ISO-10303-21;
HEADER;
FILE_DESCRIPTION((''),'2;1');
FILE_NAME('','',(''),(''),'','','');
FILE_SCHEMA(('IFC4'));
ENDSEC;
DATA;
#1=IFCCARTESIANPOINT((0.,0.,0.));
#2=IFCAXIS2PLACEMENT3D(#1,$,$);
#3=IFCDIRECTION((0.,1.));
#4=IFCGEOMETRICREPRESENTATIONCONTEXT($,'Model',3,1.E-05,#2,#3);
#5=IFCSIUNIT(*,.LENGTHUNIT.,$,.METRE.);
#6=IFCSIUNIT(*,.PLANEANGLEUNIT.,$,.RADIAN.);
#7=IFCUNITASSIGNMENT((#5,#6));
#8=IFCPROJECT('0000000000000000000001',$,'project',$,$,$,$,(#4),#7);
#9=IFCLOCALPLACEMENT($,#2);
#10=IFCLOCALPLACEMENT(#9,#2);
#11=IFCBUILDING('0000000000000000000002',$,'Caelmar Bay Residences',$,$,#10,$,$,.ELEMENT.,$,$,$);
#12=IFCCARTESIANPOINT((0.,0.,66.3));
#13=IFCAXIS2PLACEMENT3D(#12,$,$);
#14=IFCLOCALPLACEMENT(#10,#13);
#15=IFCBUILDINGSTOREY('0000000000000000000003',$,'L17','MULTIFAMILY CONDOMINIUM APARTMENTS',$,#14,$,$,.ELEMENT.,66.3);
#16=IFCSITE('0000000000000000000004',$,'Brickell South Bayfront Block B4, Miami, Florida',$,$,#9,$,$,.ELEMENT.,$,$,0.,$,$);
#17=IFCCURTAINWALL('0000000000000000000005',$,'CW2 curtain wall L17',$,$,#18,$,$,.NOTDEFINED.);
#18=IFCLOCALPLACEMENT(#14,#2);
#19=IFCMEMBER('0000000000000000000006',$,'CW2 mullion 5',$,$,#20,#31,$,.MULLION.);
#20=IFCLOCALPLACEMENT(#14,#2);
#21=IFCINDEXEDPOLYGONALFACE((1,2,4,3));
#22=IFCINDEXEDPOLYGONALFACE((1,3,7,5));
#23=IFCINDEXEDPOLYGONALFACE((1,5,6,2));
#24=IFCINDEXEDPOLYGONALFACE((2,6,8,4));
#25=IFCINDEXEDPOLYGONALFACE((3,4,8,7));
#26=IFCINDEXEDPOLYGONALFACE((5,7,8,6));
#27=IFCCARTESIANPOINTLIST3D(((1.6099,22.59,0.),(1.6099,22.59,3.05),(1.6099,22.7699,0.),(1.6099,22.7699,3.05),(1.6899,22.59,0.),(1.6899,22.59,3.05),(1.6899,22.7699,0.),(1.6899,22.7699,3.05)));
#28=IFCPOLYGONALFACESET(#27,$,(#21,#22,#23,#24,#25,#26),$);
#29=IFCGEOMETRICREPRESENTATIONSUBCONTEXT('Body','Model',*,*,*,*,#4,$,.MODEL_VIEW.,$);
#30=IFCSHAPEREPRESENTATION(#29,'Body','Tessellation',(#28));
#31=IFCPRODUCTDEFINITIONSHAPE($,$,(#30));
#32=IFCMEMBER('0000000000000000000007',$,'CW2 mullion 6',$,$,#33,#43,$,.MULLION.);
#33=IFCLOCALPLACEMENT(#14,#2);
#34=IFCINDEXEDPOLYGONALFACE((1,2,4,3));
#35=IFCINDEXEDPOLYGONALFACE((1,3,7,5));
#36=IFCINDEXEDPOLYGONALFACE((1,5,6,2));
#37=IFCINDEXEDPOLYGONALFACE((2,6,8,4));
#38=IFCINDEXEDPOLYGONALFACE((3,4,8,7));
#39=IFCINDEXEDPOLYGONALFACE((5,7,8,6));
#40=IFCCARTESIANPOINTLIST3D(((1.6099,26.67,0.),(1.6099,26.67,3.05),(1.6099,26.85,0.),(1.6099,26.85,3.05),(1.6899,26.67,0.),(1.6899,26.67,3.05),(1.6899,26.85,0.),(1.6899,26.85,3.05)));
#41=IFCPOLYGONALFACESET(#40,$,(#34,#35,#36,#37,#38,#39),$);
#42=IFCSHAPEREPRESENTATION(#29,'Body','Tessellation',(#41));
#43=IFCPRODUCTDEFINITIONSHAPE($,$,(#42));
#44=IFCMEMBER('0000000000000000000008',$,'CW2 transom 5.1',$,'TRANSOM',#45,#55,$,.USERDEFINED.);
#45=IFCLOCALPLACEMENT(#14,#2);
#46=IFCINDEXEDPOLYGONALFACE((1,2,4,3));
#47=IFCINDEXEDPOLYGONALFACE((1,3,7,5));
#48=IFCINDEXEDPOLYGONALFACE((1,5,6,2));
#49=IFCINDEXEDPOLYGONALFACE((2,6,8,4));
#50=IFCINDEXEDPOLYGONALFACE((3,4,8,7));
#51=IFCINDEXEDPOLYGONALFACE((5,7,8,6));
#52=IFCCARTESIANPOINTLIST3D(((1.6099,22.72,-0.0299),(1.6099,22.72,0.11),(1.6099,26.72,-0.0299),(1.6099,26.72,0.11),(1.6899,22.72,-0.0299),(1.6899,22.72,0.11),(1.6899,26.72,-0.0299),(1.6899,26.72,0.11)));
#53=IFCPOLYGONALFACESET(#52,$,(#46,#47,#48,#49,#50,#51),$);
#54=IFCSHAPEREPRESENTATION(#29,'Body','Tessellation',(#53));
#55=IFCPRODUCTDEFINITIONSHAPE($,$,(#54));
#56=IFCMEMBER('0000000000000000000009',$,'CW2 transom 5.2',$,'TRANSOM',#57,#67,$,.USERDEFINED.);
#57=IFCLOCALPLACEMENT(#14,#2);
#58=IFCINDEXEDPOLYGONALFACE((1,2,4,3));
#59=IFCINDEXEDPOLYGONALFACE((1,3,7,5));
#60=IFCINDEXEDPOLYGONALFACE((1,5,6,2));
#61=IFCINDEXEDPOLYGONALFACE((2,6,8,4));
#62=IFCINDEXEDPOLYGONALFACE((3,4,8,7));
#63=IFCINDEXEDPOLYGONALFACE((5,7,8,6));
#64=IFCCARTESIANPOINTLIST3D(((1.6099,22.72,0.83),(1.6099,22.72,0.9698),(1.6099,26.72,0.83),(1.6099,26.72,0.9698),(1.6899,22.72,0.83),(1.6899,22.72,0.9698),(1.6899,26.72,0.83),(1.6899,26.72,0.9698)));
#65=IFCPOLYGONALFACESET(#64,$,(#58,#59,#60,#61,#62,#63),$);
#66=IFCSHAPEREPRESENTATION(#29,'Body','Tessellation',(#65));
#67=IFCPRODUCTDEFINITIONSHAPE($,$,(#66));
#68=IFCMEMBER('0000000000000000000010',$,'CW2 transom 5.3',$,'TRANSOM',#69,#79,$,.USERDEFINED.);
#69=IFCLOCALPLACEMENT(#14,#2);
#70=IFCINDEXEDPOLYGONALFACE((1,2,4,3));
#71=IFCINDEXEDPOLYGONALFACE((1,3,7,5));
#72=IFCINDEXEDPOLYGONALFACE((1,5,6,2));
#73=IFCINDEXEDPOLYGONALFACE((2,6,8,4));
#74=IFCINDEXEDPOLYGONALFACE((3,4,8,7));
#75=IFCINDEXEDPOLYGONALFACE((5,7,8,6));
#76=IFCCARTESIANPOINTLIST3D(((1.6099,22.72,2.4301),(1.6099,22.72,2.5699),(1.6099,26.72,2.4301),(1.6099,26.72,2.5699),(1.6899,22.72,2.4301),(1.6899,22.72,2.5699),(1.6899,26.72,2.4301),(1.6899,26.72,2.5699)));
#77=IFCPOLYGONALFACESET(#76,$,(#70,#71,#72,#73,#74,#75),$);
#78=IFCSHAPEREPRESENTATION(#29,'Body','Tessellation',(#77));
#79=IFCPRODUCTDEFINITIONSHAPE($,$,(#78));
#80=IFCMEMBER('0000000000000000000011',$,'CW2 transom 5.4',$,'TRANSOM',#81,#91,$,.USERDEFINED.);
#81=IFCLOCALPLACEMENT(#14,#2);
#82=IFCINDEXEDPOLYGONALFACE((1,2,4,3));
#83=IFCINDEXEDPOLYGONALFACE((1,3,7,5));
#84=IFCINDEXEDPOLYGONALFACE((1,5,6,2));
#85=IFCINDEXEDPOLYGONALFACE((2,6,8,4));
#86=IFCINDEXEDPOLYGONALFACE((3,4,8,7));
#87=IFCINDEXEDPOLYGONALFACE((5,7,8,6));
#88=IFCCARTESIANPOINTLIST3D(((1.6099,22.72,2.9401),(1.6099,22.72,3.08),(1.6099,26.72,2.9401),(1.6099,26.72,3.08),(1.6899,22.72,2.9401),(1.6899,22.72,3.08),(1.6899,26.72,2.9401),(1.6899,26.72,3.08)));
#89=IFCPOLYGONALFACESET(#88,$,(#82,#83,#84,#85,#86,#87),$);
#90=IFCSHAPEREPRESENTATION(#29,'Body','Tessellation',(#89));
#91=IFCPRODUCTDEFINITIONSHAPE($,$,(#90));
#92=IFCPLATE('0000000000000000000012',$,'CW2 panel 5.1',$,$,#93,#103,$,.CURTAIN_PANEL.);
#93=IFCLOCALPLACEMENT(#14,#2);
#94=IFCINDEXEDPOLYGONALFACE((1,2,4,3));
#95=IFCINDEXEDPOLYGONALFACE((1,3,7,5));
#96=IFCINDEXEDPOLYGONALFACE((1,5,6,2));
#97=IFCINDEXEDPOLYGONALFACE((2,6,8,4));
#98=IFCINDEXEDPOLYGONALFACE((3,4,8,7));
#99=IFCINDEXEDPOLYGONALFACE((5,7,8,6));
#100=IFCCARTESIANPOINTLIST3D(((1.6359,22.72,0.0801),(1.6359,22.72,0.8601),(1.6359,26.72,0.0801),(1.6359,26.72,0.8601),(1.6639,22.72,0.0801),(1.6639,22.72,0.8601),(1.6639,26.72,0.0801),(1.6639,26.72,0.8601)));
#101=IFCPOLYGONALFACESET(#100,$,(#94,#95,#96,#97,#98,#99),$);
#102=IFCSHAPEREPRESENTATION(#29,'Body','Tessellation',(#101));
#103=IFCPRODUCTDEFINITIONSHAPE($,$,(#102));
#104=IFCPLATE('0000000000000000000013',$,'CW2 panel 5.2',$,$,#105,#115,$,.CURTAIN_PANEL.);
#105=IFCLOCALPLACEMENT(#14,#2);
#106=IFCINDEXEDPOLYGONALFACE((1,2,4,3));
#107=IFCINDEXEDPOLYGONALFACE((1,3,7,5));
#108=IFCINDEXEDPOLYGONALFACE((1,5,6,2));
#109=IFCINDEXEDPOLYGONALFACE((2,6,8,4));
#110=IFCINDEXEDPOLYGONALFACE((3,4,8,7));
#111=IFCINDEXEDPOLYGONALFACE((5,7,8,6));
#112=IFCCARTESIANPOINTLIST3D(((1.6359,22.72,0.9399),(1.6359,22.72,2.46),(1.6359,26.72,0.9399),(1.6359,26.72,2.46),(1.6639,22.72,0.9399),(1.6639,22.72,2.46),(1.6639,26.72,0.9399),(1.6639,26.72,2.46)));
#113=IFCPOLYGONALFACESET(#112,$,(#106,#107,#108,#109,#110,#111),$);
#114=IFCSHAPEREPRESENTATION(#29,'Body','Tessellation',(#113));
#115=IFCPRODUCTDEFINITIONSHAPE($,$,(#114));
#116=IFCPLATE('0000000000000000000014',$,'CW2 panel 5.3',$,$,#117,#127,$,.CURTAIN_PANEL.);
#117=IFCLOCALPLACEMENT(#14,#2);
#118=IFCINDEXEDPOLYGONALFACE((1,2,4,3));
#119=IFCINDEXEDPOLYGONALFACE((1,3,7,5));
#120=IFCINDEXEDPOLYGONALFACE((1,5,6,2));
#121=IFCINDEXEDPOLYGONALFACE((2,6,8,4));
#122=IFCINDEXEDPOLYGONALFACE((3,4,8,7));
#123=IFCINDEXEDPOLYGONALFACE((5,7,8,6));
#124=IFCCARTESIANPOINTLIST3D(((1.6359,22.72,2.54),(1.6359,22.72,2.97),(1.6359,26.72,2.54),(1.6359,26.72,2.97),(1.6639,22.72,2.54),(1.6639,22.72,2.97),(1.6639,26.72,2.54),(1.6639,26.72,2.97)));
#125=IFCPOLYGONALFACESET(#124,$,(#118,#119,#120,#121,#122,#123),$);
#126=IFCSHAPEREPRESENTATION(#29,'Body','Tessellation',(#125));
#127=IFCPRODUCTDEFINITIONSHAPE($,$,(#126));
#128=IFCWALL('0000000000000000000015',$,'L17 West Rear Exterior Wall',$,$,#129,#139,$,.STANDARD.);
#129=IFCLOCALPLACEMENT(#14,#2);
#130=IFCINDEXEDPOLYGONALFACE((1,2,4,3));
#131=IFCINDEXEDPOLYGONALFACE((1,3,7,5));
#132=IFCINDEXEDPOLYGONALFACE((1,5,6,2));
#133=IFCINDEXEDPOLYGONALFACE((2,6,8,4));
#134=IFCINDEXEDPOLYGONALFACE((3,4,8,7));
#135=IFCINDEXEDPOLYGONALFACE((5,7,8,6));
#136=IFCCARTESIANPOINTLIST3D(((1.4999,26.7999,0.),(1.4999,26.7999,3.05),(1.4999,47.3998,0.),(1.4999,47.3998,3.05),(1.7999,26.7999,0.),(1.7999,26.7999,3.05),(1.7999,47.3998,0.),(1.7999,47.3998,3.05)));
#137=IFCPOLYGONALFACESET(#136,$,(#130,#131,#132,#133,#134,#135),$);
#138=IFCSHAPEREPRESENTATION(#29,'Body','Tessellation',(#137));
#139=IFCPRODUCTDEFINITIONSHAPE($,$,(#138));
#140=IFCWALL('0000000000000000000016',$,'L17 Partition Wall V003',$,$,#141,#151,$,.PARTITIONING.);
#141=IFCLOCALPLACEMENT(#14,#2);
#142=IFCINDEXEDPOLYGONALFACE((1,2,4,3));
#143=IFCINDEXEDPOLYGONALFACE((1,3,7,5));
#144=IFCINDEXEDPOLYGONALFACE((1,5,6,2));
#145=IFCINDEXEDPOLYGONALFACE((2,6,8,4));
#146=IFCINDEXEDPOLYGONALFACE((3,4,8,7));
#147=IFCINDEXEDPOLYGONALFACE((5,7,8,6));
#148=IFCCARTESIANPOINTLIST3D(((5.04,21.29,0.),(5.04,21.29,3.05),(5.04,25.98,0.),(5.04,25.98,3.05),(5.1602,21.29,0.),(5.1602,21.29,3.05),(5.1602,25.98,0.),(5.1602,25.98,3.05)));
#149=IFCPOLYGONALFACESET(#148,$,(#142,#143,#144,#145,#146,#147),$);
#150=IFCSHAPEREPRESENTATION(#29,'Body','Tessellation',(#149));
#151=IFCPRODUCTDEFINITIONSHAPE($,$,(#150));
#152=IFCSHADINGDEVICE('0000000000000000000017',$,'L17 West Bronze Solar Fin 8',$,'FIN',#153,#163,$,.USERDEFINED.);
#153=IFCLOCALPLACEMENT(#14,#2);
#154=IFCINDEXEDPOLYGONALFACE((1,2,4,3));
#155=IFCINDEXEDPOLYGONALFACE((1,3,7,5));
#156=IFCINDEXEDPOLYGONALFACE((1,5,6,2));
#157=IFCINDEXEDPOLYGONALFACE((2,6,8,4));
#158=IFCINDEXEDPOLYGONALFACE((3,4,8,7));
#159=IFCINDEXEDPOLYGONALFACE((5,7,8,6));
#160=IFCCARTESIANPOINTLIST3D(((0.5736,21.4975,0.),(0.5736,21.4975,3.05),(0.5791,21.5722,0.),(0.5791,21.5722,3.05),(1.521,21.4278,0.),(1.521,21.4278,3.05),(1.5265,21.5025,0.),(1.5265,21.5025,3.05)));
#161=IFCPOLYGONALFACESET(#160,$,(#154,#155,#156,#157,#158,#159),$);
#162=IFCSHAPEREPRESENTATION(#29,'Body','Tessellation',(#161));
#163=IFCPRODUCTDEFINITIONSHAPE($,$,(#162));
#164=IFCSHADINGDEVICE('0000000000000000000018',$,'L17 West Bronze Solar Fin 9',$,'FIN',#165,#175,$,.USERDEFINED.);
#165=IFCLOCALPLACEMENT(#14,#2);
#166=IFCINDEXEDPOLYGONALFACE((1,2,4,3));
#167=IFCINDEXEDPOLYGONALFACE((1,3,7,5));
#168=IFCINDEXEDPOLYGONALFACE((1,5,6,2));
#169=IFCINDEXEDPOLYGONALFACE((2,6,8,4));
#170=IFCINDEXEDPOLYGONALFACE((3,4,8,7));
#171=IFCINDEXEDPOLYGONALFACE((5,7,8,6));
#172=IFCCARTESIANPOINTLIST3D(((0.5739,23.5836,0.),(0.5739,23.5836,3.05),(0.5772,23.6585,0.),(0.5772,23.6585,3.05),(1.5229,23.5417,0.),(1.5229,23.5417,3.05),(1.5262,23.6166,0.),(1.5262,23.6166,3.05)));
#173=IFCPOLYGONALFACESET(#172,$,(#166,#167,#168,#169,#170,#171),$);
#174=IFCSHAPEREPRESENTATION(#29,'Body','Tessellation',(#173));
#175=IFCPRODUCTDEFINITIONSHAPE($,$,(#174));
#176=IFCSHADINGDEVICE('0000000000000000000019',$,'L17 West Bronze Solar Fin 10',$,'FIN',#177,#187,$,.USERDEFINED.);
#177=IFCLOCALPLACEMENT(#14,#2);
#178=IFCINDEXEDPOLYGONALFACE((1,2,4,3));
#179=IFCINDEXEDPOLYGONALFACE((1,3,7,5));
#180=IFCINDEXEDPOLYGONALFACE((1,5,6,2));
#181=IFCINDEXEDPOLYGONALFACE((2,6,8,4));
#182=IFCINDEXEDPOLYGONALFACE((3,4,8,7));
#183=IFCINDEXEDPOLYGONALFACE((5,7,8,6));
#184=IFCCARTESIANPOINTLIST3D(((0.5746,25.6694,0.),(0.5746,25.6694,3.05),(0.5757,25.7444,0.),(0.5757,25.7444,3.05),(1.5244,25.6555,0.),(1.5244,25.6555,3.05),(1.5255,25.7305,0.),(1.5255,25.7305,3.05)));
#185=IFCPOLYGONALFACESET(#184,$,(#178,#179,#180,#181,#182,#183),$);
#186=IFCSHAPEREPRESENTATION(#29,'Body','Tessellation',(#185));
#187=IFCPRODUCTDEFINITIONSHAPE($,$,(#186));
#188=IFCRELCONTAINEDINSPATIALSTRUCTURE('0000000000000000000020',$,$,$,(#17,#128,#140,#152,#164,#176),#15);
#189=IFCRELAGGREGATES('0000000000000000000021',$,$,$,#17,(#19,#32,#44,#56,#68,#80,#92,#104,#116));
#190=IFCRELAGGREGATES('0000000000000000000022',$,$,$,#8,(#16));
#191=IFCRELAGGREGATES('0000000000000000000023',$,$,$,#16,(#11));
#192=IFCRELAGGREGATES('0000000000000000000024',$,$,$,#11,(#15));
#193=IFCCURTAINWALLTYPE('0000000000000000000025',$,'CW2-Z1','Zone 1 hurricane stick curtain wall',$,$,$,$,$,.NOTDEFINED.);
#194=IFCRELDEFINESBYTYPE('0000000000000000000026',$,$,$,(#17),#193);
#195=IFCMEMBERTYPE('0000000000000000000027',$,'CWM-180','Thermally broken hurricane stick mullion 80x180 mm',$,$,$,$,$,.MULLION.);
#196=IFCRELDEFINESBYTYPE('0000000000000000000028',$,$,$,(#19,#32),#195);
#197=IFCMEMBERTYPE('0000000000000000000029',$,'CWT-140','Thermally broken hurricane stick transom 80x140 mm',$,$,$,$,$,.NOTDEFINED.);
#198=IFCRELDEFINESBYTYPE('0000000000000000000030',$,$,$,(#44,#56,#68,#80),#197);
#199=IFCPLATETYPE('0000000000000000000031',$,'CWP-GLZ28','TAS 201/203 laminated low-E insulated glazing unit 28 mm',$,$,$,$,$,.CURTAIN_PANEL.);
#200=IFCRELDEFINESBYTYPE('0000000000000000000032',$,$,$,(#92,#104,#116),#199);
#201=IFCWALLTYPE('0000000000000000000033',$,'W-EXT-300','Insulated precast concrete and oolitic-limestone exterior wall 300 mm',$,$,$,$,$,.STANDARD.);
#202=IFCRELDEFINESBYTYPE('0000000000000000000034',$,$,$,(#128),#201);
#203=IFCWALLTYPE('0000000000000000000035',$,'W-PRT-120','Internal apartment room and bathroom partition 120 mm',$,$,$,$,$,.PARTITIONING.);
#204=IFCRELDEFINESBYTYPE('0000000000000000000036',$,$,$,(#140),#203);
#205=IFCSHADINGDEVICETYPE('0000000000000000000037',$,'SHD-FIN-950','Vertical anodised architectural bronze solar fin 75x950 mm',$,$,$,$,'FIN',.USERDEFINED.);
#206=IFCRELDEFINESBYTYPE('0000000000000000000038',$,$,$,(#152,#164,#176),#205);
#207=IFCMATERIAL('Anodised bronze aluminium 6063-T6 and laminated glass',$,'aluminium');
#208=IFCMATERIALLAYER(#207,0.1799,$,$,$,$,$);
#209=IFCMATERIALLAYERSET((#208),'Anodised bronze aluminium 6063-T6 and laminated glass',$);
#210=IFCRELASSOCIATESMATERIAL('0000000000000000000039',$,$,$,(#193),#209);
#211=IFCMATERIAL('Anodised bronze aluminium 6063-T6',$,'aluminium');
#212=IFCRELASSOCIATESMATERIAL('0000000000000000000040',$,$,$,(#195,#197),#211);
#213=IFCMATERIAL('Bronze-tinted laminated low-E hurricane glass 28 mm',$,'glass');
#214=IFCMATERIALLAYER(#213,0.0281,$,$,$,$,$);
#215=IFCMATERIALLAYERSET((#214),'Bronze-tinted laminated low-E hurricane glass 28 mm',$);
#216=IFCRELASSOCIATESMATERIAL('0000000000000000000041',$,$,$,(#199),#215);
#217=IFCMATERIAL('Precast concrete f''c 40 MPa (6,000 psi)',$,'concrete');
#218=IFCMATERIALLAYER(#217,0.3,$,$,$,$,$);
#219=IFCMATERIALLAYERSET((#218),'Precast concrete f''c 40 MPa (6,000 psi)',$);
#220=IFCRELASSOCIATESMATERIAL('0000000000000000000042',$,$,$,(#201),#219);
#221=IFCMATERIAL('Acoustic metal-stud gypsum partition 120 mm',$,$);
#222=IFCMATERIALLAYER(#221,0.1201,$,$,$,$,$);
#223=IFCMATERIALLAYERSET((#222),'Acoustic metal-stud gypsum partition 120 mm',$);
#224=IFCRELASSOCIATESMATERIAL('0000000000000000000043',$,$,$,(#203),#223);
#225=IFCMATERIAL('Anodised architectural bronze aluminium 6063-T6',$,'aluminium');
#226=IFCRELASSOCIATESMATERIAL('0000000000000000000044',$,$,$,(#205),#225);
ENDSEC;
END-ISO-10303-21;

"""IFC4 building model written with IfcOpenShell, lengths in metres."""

from ifc_helpers import new_model, si_unit, direction, frame, frame_2d, origin, origin_2d, place, context, subcontext, project, spatial, rectangle, extrude, material, layer, layer_set, material_profile, profile_set, type_object, element, aggregate, save


model = new_model("IFC4")

# Units and contexts
model_context = context("Model", 3, precision=1e-05, world=origin(), true_north=direction((0.0, 1.0)))
body_context = subcontext(model_context, "Body", "Model", "MODEL_VIEW")
ifc_project = project(units=[si_unit("LENGTHUNIT", "METRE"), si_unit("PLANEANGLEUNIT", "RADIAN")], contexts=[model_context])

# Site, building, storey
site_placement = place(None, origin())
site = spatial("IfcSite", under=ifc_project, at=site_placement, Name="Brickell South Bayfront Block B4, Miami, Florida", CompositionType="ELEMENT", RefElevation=0.0)
building_placement = place(site_placement, origin())
building = spatial("IfcBuilding", under=site, at=building_placement, Name="Caelmar Bay Residences", CompositionType="ELEMENT")
storey_placement = place(building_placement, frame((0.0, 0.0, 66.3)))
storey = spatial("IfcBuildingStorey", under=building, at=storey_placement, Name="L17", Description="MULTIFAMILY CONDOMINIUM APARTMENTS", CompositionType="ELEMENT", Elevation=66.3)

# Curtain wall, members, plates
ifc_material_1 = material(Name="Anodised bronze aluminium 6063-T6 and laminated glass", Category="aluminium")
ifc_layer_1 = layer(ifc_material_1, 0.1799)
ifc_layer_set_1 = layer_set([ifc_layer_1], Name="Anodised bronze aluminium 6063-T6 and laminated glass")
curtain_wall_type = type_object("IfcCurtainWallType", Name="CW2-Z1", Description="Zone 1 hurricane stick curtain wall", PredefinedType="NOTDEFINED", material=ifc_layer_set_1)
curtain_wall_placement = place(storey_placement, origin())
curtain_wall = element("IfcCurtainWall", 1, at=curtain_wall_placement, inside=storey, type_object=curtain_wall_type, Name="CW2 curtain wall L17", PredefinedType="NOTDEFINED")
ifc_material_2 = material(Name="Anodised bronze aluminium 6063-T6", Category="aluminium")
ifc_material_profile_1 = material_profile(ifc_material_2, rectangle(XDim=0.0801, YDim=0.1799, at=origin_2d()), Name="CWM-80X180")
ifc_profile_set_1 = profile_set([ifc_material_profile_1], Name="Anodised bronze aluminium 6063-T6")
member_type_1 = type_object("IfcMemberType", Name="CWM-180", Description="Thermally broken hurricane stick mullion 80x180 mm", PredefinedType="MULLION", material=ifc_profile_set_1)
member_1_placement = place(storey_placement, frame((1.6499, 22.6799, 0.0), z_axis=(0.0, 0.0, 1.0), x_axis=(-1.0, 0.0, 0.0)))
member_1 = element("IfcMember", 2, at=member_1_placement, type_object=member_type_1, Name="CW2 mullion 5", PredefinedType="MULLION", context=body_context, shape_type="SweptSolid", body=[
    extrude(rectangle(XDim=0.0801, YDim=0.1799, at=origin_2d()), origin(), (0.0, 0.0, 1.0), 3.05),
])
member_2_placement = place(storey_placement, frame((1.6499, 26.76, 0.0), z_axis=(0.0, 0.0, 1.0), x_axis=(-1.0, 0.0, 0.0)))
member_2 = element("IfcMember", 3, at=member_2_placement, type_object=member_type_1, Name="CW2 mullion 6", PredefinedType="MULLION", context=body_context, shape_type="SweptSolid", body=[
    extrude(rectangle(XDim=0.0801, YDim=0.1799, at=origin_2d()), origin(), (0.0, 0.0, 1.0), 3.05),
])
ifc_material_profile_2 = material_profile(ifc_material_2, rectangle(XDim=0.0801, YDim=0.1399, at=origin_2d()), Name="CWT-80X140")
ifc_profile_set_2 = profile_set([ifc_material_profile_2], Name="Anodised bronze aluminium 6063-T6")
member_type_2 = type_object("IfcMemberType", Name="CWT-140", Description="Thermally broken hurricane stick transom 80x140 mm", PredefinedType="NOTDEFINED", material=ifc_profile_set_2)
member_3_placement = place(storey_placement, frame((1.6499, 22.72, 0.04), z_axis=(0.0, 1.0, 0.0), x_axis=(-1.0, 0.0, 0.0)))
member_3 = element("IfcMember", 4, at=member_3_placement, type_object=member_type_2, Name="CW2 transom 5.1", ObjectType="TRANSOM", PredefinedType="USERDEFINED", context=body_context, shape_type="SweptSolid", body=[
    extrude(rectangle(XDim=0.0801, YDim=0.1399, at=origin_2d()), origin(), (0.0, 0.0, 1.0), 4.0),
])
member_4_placement = place(storey_placement, frame((1.6499, 22.72, 0.8999), z_axis=(0.0, 1.0, 0.0), x_axis=(-1.0, 0.0, 0.0)))
member_4 = element("IfcMember", 5, at=member_4_placement, type_object=member_type_2, Name="CW2 transom 5.2", ObjectType="TRANSOM", PredefinedType="USERDEFINED", context=body_context, shape_type="SweptSolid", body=[
    extrude(rectangle(XDim=0.0801, YDim=0.1399, at=origin_2d()), origin(), (0.0, 0.0, 1.0), 4.0),
])
member_5_placement = place(storey_placement, frame((1.6499, 22.72, 2.5), z_axis=(0.0, 1.0, 0.0), x_axis=(-1.0, 0.0, 0.0)))
member_5 = element("IfcMember", 6, at=member_5_placement, type_object=member_type_2, Name="CW2 transom 5.3", ObjectType="TRANSOM", PredefinedType="USERDEFINED", context=body_context, shape_type="SweptSolid", body=[
    extrude(rectangle(XDim=0.0801, YDim=0.1399, at=origin_2d()), origin(), (0.0, 0.0, 1.0), 4.0),
])
member_6_placement = place(storey_placement, frame((1.6499, 22.72, 3.01), z_axis=(0.0, 1.0, 0.0), x_axis=(-1.0, 0.0, 0.0)))
member_6 = element("IfcMember", 7, at=member_6_placement, type_object=member_type_2, Name="CW2 transom 5.4", ObjectType="TRANSOM", PredefinedType="USERDEFINED", context=body_context, shape_type="SweptSolid", body=[
    extrude(rectangle(XDim=0.0801, YDim=0.1399, at=origin_2d()), origin(), (0.0, 0.0, 1.0), 4.0),
])
ifc_material_3 = material(Name="Bronze-tinted laminated low-E hurricane glass 28 mm", Category="glass")
ifc_layer_2 = layer(ifc_material_3, 0.0281)
ifc_layer_set_2 = layer_set([ifc_layer_2], Name="Bronze-tinted laminated low-E hurricane glass 28 mm")
plate_type = type_object("IfcPlateType", Name="CWP-GLZ28", Description="TAS 201/203 laminated low-E insulated glazing unit 28 mm", PredefinedType="CURTAIN_PANEL", material=ifc_layer_set_2)
plate_1_placement = place(storey_placement, frame((1.6499, 24.72, 0.0801), z_axis=(0.0, 0.0, 1.0), x_axis=(0.0, 1.0, 0.0)))
plate_1 = element("IfcPlate", 8, at=plate_1_placement, type_object=plate_type, Name="CW2 panel 5.1", PredefinedType="CURTAIN_PANEL", context=body_context, shape_type="SweptSolid", body=[
    extrude(rectangle(XDim=4.0, YDim=0.0281, at=origin_2d()), origin(), (0.0, 0.0, 1.0), 0.78),
])
plate_2_placement = place(storey_placement, frame((1.6499, 24.72, 0.9399), z_axis=(0.0, 0.0, 1.0), x_axis=(0.0, 1.0, 0.0)))
plate_2 = element("IfcPlate", 9, at=plate_2_placement, type_object=plate_type, Name="CW2 panel 5.2", PredefinedType="CURTAIN_PANEL", context=body_context, shape_type="SweptSolid", body=[
    extrude(rectangle(XDim=4.0, YDim=0.0281, at=origin_2d()), origin(), (0.0, 0.0, 1.0), 1.52),
])
plate_3_placement = place(storey_placement, frame((1.6499, 24.72, 2.54), z_axis=(0.0, 0.0, 1.0), x_axis=(0.0, 1.0, 0.0)))
plate_3 = element("IfcPlate", 10, at=plate_3_placement, type_object=plate_type, Name="CW2 panel 5.3", PredefinedType="CURTAIN_PANEL", context=body_context, shape_type="SweptSolid", body=[
    extrude(rectangle(XDim=4.0, YDim=0.0281, at=origin_2d()), origin(), (0.0, 0.0, 1.0), 0.4299),
])
aggregate(curtain_wall, [member_1, member_2, member_3, member_4, member_5, member_6, plate_1, plate_2, plate_3])

# Walls
ifc_material_4 = material(Name="Precast concrete f'c 40 MPa (6,000 psi)", Category="concrete")
ifc_layer_3 = layer(ifc_material_4, 0.3)
ifc_layer_set_3 = layer_set([ifc_layer_3], Name="Precast concrete f'c 40 MPa (6,000 psi)")
wall_type_1 = type_object("IfcWallType", Name="W-EXT-300", Description="Insulated precast concrete and oolitic-limestone exterior wall 300 mm", PredefinedType="STANDARD", material=ifc_layer_set_3)
wall_1_placement = place(storey_placement, frame((1.6499, 26.8, 0.0), z_axis=(0.0, 0.0, 1.0), x_axis=(0.0, 1.0, 0.0)))
element("IfcWall", 11, at=wall_1_placement, inside=storey, type_object=wall_type_1, Name="L17 West Rear Exterior Wall", PredefinedType="STANDARD", context=body_context, shape_type="SweptSolid", body=[
    extrude(rectangle(XDim=20.5999, YDim=0.3, at=frame_2d((10.2998, 0.0))), origin(), (0.0, 0.0, 1.0), 3.05),
])
ifc_material_5 = material(Name="Acoustic metal-stud gypsum partition 120 mm")
ifc_layer_4 = layer(ifc_material_5, 0.1201)
ifc_layer_set_4 = layer_set([ifc_layer_4], Name="Acoustic metal-stud gypsum partition 120 mm")
wall_type_2 = type_object("IfcWallType", Name="W-PRT-120", Description="Internal apartment room and bathroom partition 120 mm", PredefinedType="PARTITIONING", material=ifc_layer_set_4)
wall_2_placement = place(storey_placement, frame((5.1001, 21.29, 0.0), z_axis=(0.0, 0.0, 1.0), x_axis=(0.0, 1.0, 0.0)))
element("IfcWall", 12, at=wall_2_placement, inside=storey, type_object=wall_type_2, Name="L17 Partition Wall V003", PredefinedType="PARTITIONING", context=body_context, shape_type="SweptSolid", body=[
    extrude(rectangle(XDim=4.6899, YDim=0.1201, at=frame_2d((2.345, 0.0))), origin(), (0.0, 0.0, 1.0), 3.05),
])

# Shading devices
ifc_material_6 = material(Name="Anodised architectural bronze aluminium 6063-T6", Category="aluminium")
ifc_material_profile_3 = material_profile(ifc_material_6, rectangle(XDim=0.075, YDim=0.95, at=origin_2d()), Name="BRONZE-FIN-75X950")
ifc_profile_set_3 = profile_set([ifc_material_profile_3], Name="Anodised architectural bronze aluminium 6063-T6")
shading_device_type = type_object("IfcShadingDeviceType", Name="SHD-FIN-950", Description="Vertical anodised architectural bronze solar fin 75x950 mm", ElementType="FIN", PredefinedType="USERDEFINED", material=ifc_profile_set_3)
for number, where, z_axis, x_axis, name in (
    (13, (1.05, 21.5, 0.0), (0.0, 0.0, 1.0), (0.073412, 0.997302, 0.0), "L17 West Bronze Solar Fin 8"),
    (14, (1.05, 23.6001, 0.0), (0.0, 0.0, 1.0), (0.044142, 0.999025, 0.0), "L17 West Bronze Solar Fin 9"),
    (15, (1.05, 25.7, 0.0), (0.0, 0.0, 1.0), (0.01466, 0.999893, 0.0), "L17 West Bronze Solar Fin 10"),
):
    element("IfcShadingDevice", number, at=place(storey_placement, frame(where, z_axis=z_axis, x_axis=x_axis)), inside=storey, type_object=shading_device_type, Name=name, ObjectType="FIN", PredefinedType="USERDEFINED", context=body_context, shape_type="SweptSolid", body=[
        extrude(rectangle(XDim=0.075, YDim=0.95, at=origin_2d()), origin(), (0.0, 0.0, 1.0), 3.05),
    ])

save(model, "model.ifc")
